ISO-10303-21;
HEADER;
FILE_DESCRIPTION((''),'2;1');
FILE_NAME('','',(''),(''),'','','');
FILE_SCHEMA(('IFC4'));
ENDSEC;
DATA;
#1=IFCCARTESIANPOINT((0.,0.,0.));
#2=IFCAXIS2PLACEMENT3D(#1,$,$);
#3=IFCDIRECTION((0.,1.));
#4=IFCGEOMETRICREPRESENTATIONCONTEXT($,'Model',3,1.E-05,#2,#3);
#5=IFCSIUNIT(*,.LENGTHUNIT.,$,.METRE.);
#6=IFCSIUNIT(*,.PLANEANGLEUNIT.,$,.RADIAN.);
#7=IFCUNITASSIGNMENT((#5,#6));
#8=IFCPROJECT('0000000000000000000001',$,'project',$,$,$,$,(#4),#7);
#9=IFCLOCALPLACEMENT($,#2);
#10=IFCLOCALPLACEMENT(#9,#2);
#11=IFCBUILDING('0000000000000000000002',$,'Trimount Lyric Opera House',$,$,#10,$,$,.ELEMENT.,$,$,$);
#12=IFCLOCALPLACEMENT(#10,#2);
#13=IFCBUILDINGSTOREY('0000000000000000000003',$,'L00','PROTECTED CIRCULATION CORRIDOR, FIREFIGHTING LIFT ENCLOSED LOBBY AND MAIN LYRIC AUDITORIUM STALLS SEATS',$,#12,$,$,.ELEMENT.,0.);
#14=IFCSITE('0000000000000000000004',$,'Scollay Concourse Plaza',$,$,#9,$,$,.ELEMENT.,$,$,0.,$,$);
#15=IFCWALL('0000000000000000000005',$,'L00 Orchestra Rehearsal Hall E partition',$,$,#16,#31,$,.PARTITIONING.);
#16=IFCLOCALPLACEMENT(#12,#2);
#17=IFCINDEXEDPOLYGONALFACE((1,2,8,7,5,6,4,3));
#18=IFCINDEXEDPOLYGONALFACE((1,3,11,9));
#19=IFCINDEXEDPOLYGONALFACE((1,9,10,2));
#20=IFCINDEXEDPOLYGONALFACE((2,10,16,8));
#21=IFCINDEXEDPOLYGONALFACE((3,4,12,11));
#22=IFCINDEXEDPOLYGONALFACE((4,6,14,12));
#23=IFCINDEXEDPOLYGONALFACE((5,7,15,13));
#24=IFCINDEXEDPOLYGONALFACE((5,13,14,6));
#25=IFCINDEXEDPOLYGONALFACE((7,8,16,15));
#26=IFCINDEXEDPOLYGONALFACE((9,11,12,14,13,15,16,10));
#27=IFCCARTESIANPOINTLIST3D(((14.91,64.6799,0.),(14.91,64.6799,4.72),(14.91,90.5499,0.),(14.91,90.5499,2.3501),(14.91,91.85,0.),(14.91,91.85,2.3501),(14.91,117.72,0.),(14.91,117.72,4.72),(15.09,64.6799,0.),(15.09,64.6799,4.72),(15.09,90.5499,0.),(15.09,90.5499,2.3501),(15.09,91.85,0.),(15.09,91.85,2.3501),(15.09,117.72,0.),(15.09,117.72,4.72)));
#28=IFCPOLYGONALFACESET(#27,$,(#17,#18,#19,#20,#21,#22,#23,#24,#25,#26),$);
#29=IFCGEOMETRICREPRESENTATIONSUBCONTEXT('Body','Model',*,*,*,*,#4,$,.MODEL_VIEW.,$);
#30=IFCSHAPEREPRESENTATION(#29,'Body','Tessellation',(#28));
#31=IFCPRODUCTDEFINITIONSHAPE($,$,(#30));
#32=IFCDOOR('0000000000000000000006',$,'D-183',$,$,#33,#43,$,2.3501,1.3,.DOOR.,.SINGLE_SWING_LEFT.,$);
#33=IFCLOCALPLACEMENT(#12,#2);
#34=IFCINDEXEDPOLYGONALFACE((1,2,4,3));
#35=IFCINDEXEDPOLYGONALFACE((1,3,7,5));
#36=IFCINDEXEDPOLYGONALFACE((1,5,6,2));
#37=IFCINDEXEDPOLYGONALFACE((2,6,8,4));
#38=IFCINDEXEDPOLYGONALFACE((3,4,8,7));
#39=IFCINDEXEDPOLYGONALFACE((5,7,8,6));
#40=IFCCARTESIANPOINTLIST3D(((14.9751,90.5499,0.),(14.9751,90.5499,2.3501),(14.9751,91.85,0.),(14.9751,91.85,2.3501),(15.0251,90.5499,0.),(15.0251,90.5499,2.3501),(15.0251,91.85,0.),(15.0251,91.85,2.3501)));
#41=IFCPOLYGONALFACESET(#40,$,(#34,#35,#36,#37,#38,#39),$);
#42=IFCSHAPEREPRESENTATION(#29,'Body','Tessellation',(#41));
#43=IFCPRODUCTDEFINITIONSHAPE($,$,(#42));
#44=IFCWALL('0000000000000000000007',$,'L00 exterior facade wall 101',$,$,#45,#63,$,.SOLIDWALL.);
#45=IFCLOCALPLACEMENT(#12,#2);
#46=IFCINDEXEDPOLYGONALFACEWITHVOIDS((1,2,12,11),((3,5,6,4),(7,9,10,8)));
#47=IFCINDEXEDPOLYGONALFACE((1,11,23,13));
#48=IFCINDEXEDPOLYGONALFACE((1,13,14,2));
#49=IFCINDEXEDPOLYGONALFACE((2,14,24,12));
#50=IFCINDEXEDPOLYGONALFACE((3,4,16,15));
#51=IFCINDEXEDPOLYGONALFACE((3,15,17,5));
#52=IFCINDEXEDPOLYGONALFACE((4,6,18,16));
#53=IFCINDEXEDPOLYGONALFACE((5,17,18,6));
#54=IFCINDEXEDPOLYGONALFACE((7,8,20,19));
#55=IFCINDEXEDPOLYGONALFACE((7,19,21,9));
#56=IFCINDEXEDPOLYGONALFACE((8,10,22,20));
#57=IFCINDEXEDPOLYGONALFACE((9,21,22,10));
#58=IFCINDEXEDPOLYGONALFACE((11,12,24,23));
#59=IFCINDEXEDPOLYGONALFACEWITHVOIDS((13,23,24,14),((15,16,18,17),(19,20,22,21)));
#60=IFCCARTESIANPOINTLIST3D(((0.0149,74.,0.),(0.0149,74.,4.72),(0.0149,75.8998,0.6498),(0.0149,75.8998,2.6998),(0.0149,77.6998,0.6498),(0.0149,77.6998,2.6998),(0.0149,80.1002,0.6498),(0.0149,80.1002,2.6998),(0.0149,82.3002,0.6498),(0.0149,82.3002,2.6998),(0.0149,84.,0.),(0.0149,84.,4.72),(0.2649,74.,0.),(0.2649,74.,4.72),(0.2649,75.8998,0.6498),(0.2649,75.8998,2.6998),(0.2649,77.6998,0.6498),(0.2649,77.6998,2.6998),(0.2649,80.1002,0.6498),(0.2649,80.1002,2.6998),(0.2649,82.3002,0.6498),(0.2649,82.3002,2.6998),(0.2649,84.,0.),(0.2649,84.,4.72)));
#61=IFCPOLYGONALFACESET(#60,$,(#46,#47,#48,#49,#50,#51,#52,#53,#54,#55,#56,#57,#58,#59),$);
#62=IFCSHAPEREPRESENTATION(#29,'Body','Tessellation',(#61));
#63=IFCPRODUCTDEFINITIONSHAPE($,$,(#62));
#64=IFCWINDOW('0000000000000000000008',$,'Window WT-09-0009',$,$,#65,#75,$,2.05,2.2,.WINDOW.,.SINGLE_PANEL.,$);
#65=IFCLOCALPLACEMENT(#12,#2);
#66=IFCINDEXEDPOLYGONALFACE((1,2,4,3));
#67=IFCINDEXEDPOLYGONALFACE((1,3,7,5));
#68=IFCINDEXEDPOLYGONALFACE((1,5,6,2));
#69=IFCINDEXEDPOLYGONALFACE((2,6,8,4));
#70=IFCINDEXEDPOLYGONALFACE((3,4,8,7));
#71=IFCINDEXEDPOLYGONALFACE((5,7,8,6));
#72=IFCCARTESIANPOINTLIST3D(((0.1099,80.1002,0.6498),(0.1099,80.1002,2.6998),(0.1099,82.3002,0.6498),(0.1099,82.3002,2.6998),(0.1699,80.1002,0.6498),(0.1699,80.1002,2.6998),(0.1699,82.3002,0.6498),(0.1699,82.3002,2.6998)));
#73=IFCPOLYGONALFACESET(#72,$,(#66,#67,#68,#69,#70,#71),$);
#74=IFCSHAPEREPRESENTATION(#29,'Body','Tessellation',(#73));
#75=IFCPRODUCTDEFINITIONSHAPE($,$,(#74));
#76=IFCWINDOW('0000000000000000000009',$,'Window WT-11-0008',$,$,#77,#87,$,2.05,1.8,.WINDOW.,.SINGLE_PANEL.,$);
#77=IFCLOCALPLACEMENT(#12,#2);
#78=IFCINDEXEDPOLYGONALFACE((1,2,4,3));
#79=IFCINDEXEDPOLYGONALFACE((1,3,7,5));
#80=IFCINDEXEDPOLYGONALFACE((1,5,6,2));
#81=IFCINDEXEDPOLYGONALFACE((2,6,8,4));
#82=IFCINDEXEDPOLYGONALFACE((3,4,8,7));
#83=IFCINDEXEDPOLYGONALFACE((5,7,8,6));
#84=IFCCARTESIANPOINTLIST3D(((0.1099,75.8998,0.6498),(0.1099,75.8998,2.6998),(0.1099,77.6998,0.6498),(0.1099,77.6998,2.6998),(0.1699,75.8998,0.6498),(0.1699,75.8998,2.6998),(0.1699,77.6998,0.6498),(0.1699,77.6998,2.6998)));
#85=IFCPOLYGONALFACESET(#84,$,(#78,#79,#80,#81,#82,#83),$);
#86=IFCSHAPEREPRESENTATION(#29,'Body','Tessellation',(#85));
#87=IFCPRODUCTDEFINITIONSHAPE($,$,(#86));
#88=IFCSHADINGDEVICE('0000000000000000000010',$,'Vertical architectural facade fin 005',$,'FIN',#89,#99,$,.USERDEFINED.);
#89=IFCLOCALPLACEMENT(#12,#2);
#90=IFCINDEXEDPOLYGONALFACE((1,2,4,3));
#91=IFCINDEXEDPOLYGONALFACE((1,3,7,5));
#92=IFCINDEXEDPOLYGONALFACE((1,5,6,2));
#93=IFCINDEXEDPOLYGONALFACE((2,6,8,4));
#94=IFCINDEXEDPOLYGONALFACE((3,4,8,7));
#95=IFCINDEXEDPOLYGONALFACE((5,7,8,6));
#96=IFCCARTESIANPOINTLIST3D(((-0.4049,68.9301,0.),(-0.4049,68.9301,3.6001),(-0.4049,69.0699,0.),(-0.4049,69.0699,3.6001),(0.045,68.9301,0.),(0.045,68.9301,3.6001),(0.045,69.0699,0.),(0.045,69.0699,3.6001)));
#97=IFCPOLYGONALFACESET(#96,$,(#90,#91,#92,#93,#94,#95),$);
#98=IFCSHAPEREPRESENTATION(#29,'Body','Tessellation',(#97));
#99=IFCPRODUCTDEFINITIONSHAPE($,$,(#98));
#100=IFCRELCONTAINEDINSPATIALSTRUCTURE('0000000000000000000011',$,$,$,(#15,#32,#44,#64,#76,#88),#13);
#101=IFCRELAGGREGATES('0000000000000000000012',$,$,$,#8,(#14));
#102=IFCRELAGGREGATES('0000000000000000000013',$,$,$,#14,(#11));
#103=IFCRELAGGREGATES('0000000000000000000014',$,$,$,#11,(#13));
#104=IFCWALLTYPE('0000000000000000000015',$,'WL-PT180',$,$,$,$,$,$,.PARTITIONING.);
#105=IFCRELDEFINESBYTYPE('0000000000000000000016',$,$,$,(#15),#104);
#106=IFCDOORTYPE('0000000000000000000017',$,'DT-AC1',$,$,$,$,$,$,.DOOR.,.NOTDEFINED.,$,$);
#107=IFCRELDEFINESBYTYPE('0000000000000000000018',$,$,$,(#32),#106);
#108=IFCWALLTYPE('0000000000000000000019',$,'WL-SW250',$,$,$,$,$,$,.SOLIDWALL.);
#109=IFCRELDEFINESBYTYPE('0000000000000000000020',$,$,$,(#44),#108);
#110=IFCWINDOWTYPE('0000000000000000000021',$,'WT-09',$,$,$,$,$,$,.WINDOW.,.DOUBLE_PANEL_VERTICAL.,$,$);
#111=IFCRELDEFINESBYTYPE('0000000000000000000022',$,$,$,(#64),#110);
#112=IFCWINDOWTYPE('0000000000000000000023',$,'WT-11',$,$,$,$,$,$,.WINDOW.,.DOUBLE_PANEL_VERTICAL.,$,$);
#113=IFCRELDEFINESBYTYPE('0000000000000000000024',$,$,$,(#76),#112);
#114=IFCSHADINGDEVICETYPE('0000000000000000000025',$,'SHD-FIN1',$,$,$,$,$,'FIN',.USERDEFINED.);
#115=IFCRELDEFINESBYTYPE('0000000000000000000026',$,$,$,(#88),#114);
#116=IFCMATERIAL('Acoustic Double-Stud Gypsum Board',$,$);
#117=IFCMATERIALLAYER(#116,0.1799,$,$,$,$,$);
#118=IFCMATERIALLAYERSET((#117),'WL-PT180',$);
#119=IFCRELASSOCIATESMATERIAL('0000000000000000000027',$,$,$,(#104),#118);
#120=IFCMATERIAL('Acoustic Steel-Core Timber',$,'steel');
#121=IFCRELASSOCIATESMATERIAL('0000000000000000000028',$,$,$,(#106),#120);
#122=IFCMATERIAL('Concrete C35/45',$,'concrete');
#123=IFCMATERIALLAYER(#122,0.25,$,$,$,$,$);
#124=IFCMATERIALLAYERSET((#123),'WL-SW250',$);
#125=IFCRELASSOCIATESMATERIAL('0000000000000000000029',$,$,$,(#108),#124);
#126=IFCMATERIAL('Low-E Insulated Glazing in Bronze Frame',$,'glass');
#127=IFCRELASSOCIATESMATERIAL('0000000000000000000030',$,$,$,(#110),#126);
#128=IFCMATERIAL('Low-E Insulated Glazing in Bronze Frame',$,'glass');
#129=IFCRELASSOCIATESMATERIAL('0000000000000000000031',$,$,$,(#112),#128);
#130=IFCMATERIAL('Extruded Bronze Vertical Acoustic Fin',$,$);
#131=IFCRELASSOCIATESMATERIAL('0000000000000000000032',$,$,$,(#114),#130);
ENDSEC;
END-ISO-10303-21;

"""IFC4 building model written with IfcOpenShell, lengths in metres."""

from ifc_helpers import new_model, si_unit, direction, frame, frame_2d, origin, origin_2d, place, context, subcontext, project, spatial, rectangle, extrude, material, layer, layer_set, type_object, element, fill, save


model = new_model("IFC4")

# Units and contexts
model_context = context("Model", 3, precision=1e-05, world=origin(), true_north=direction((0.0, 1.0)))
body_context = subcontext(model_context, "Body", "Model", "MODEL_VIEW")
ifc_project = project(units=[si_unit("LENGTHUNIT", "METRE"), si_unit("PLANEANGLEUNIT", "RADIAN")], contexts=[model_context])

# Site, building, storey
site_placement = place(None, origin())
site = spatial("IfcSite", under=ifc_project, at=site_placement, Name="Scollay Concourse Plaza", CompositionType="ELEMENT", RefElevation=0.0)
building_placement = place(site_placement, origin())
building = spatial("IfcBuilding", under=site, at=building_placement, Name="Trimount Lyric Opera House", CompositionType="ELEMENT")
storey_placement = place(building_placement, origin())
storey = spatial("IfcBuildingStorey", under=building, at=storey_placement, Name="L00", Description="PROTECTED CIRCULATION CORRIDOR, FIREFIGHTING LIFT ENCLOSED LOBBY AND MAIN LYRIC AUDITORIUM STALLS SEATS", CompositionType="ELEMENT", Elevation=0.0)

# Shared definitions
ifc_material_1 = material(Name="Acoustic Double-Stud Gypsum Board")
ifc_layer_1 = layer(ifc_material_1, 0.1799)
ifc_layer_set_1 = layer_set([ifc_layer_1], Name="WL-PT180")
wall_type_1 = type_object("IfcWallType", Name="WL-PT180", PredefinedType="PARTITIONING", material=ifc_layer_set_1)

# Wall, opening, door
wall_1_placement = place(storey_placement, frame((15.0, 64.6799, 0.0), z_axis=(0.0, 0.0, 1.0), x_axis=(0.0, 1.0, 0.0)))
wall_1 = element("IfcWall", 1, at=wall_1_placement, inside=storey, type_object=wall_type_1, Name="L00 Orchestra Rehearsal Hall E partition", PredefinedType="PARTITIONING", context=body_context, shape_type="SweptSolid", body=[
    extrude(rectangle(XDim=53.04, YDim=0.1799, at=frame_2d((26.52, 0.0))), origin(), (0.0, 0.0, 1.0), 4.72),
])
opening_1_placement = place(wall_1_placement, frame((25.8701, 0.0, 0.0)))
opening_1 = element("IfcOpeningElement", 2, at=opening_1_placement, cuts=wall_1, PredefinedType="OPENING", context=body_context, shape_type="SweptSolid", body=[
    extrude(rectangle(XDim=1.3, YDim=2.3501, at=frame_2d((0.6499, 1.175))), frame((0.0, 0.1001, 0.0), z_axis=(0.0, -1.0, 0.0), x_axis=(1.0, 0.0, 0.0)), (0.0, 0.0, 1.0), 0.2),
])
ifc_material_2 = material(Name="Acoustic Steel-Core Timber", Category="steel")
door_type = type_object("IfcDoorType", Name="DT-AC1", OperationType="NOTDEFINED", PredefinedType="DOOR", material=ifc_material_2)
door_placement = place(opening_1_placement, origin())
door = element("IfcDoor", 3, at=door_placement, inside=storey, type_object=door_type, Name="D-183", OperationType="SINGLE_SWING_LEFT", OverallHeight=2.3501, OverallWidth=1.3, PredefinedType="DOOR", context=body_context, shape_type="SweptSolid", body=[
    extrude(rectangle(XDim=1.3, YDim=2.3501, at=frame_2d((0.6499, 1.175))), frame((0.0, 0.0249, 0.0), z_axis=(0.0, -1.0, 0.0), x_axis=(1.0, 0.0, 0.0)), (0.0, 0.0, 1.0), 0.05),
])
fill(opening_1, door)

# Wall, openings, windows
ifc_material_3 = material(Name="Concrete C35/45", Category="concrete")
ifc_layer_2 = layer(ifc_material_3, 0.25)
ifc_layer_set_2 = layer_set([ifc_layer_2], Name="WL-SW250")
wall_type_2 = type_object("IfcWallType", Name="WL-SW250", PredefinedType="SOLIDWALL", material=ifc_layer_set_2)
wall_2_placement = place(storey_placement, frame((0.1399, 74.0, 0.0), z_axis=(0.0, 0.0, 1.0), x_axis=(0.0, 1.0, 0.0)))
wall_2 = element("IfcWall", 4, at=wall_2_placement, inside=storey, type_object=wall_type_2, Name="L00 exterior facade wall 101", PredefinedType="SOLIDWALL", context=body_context, shape_type="SweptSolid", body=[
    extrude(rectangle(XDim=10.0, YDim=0.25, at=frame_2d((5.0, 0.0))), origin(), (0.0, 0.0, 1.0), 4.72),
])
opening_2_placement = place(wall_2_placement, frame((1.8999, 0.0, 0.6499)))
opening_2 = element("IfcOpeningElement", 5, at=opening_2_placement, cuts=wall_2, PredefinedType="OPENING", context=body_context, shape_type="SweptSolid", body=[
    extrude(rectangle(XDim=1.8, YDim=2.05, at=frame_2d((0.8999, 1.0249))), frame((0.0, 0.135, 0.0), z_axis=(0.0, -1.0, 0.0), x_axis=(1.0, 0.0, 0.0)), (0.0, 0.0, 1.0), 0.27),
])
opening_3_placement = place(wall_2_placement, frame((6.1001, 0.0, 0.6499)))
opening_3 = element("IfcOpeningElement", 6, at=opening_3_placement, cuts=wall_2, PredefinedType="OPENING", context=body_context, shape_type="SweptSolid", body=[
    extrude(rectangle(XDim=2.2, YDim=2.05, at=frame_2d((1.1001, 1.0249))), frame((0.0, 0.135, 0.0), z_axis=(0.0, -1.0, 0.0), x_axis=(1.0, 0.0, 0.0)), (0.0, 0.0, 1.0), 0.27),
])
ifc_material_4 = material(Name="Low-E Insulated Glazing in Bronze Frame", Category="glass")
window_type_1 = type_object("IfcWindowType", Name="WT-09", PartitioningType="DOUBLE_PANEL_VERTICAL", PredefinedType="WINDOW", material=ifc_material_4)
window_1_placement = place(opening_3_placement, origin())
window_1 = element("IfcWindow", 7, at=window_1_placement, inside=storey, type_object=window_type_1, Name="Window WT-09-0009", OverallHeight=2.05, OverallWidth=2.2, PartitioningType="SINGLE_PANEL", PredefinedType="WINDOW", context=body_context, shape_type="SweptSolid", body=[
    extrude(rectangle(XDim=2.2, YDim=2.05, at=frame_2d((1.1001, 1.0249))), frame((0.0, 0.03, 0.0), z_axis=(0.0, -1.0, 0.0), x_axis=(1.0, 0.0, 0.0)), (0.0, 0.0, 1.0), 0.0601),
])
fill(opening_3, window_1)
ifc_material_5 = material(Name="Low-E Insulated Glazing in Bronze Frame", Category="glass")
window_type_2 = type_object("IfcWindowType", Name="WT-11", PartitioningType="DOUBLE_PANEL_VERTICAL", PredefinedType="WINDOW", material=ifc_material_5)
window_2_placement = place(opening_2_placement, origin())
window_2 = element("IfcWindow", 8, at=window_2_placement, inside=storey, type_object=window_type_2, Name="Window WT-11-0008", OverallHeight=2.05, OverallWidth=1.8, PartitioningType="SINGLE_PANEL", PredefinedType="WINDOW", context=body_context, shape_type="SweptSolid", body=[
    extrude(rectangle(XDim=1.8, YDim=2.05, at=frame_2d((0.8999, 1.0249))), frame((0.0, 0.03, 0.0), z_axis=(0.0, -1.0, 0.0), x_axis=(1.0, 0.0, 0.0)), (0.0, 0.0, 1.0), 0.0601),
])
fill(opening_2, window_2)

# Shading device
ifc_material_6 = material(Name="Extruded Bronze Vertical Acoustic Fin")
shading_device_type = type_object("IfcShadingDeviceType", Name="SHD-FIN1", ElementType="FIN", PredefinedType="USERDEFINED", material=ifc_material_6)
shading_device_placement = place(storey_placement, frame((-0.1799, 69.0, 0.0), z_axis=(0.0, 0.0, 1.0), x_axis=(1.0, 0.0, 0.0)))
element("IfcShadingDevice", 9, at=shading_device_placement, inside=storey, type_object=shading_device_type, Name="Vertical architectural facade fin 005", ObjectType="FIN", PredefinedType="USERDEFINED", context=body_context, shape_type="SweptSolid", body=[
    extrude(rectangle(XDim=0.45, YDim=0.1399, at=origin_2d()), origin(), (0.0, 0.0, 1.0), 3.6001),
])

save(model, "model.ifc")
